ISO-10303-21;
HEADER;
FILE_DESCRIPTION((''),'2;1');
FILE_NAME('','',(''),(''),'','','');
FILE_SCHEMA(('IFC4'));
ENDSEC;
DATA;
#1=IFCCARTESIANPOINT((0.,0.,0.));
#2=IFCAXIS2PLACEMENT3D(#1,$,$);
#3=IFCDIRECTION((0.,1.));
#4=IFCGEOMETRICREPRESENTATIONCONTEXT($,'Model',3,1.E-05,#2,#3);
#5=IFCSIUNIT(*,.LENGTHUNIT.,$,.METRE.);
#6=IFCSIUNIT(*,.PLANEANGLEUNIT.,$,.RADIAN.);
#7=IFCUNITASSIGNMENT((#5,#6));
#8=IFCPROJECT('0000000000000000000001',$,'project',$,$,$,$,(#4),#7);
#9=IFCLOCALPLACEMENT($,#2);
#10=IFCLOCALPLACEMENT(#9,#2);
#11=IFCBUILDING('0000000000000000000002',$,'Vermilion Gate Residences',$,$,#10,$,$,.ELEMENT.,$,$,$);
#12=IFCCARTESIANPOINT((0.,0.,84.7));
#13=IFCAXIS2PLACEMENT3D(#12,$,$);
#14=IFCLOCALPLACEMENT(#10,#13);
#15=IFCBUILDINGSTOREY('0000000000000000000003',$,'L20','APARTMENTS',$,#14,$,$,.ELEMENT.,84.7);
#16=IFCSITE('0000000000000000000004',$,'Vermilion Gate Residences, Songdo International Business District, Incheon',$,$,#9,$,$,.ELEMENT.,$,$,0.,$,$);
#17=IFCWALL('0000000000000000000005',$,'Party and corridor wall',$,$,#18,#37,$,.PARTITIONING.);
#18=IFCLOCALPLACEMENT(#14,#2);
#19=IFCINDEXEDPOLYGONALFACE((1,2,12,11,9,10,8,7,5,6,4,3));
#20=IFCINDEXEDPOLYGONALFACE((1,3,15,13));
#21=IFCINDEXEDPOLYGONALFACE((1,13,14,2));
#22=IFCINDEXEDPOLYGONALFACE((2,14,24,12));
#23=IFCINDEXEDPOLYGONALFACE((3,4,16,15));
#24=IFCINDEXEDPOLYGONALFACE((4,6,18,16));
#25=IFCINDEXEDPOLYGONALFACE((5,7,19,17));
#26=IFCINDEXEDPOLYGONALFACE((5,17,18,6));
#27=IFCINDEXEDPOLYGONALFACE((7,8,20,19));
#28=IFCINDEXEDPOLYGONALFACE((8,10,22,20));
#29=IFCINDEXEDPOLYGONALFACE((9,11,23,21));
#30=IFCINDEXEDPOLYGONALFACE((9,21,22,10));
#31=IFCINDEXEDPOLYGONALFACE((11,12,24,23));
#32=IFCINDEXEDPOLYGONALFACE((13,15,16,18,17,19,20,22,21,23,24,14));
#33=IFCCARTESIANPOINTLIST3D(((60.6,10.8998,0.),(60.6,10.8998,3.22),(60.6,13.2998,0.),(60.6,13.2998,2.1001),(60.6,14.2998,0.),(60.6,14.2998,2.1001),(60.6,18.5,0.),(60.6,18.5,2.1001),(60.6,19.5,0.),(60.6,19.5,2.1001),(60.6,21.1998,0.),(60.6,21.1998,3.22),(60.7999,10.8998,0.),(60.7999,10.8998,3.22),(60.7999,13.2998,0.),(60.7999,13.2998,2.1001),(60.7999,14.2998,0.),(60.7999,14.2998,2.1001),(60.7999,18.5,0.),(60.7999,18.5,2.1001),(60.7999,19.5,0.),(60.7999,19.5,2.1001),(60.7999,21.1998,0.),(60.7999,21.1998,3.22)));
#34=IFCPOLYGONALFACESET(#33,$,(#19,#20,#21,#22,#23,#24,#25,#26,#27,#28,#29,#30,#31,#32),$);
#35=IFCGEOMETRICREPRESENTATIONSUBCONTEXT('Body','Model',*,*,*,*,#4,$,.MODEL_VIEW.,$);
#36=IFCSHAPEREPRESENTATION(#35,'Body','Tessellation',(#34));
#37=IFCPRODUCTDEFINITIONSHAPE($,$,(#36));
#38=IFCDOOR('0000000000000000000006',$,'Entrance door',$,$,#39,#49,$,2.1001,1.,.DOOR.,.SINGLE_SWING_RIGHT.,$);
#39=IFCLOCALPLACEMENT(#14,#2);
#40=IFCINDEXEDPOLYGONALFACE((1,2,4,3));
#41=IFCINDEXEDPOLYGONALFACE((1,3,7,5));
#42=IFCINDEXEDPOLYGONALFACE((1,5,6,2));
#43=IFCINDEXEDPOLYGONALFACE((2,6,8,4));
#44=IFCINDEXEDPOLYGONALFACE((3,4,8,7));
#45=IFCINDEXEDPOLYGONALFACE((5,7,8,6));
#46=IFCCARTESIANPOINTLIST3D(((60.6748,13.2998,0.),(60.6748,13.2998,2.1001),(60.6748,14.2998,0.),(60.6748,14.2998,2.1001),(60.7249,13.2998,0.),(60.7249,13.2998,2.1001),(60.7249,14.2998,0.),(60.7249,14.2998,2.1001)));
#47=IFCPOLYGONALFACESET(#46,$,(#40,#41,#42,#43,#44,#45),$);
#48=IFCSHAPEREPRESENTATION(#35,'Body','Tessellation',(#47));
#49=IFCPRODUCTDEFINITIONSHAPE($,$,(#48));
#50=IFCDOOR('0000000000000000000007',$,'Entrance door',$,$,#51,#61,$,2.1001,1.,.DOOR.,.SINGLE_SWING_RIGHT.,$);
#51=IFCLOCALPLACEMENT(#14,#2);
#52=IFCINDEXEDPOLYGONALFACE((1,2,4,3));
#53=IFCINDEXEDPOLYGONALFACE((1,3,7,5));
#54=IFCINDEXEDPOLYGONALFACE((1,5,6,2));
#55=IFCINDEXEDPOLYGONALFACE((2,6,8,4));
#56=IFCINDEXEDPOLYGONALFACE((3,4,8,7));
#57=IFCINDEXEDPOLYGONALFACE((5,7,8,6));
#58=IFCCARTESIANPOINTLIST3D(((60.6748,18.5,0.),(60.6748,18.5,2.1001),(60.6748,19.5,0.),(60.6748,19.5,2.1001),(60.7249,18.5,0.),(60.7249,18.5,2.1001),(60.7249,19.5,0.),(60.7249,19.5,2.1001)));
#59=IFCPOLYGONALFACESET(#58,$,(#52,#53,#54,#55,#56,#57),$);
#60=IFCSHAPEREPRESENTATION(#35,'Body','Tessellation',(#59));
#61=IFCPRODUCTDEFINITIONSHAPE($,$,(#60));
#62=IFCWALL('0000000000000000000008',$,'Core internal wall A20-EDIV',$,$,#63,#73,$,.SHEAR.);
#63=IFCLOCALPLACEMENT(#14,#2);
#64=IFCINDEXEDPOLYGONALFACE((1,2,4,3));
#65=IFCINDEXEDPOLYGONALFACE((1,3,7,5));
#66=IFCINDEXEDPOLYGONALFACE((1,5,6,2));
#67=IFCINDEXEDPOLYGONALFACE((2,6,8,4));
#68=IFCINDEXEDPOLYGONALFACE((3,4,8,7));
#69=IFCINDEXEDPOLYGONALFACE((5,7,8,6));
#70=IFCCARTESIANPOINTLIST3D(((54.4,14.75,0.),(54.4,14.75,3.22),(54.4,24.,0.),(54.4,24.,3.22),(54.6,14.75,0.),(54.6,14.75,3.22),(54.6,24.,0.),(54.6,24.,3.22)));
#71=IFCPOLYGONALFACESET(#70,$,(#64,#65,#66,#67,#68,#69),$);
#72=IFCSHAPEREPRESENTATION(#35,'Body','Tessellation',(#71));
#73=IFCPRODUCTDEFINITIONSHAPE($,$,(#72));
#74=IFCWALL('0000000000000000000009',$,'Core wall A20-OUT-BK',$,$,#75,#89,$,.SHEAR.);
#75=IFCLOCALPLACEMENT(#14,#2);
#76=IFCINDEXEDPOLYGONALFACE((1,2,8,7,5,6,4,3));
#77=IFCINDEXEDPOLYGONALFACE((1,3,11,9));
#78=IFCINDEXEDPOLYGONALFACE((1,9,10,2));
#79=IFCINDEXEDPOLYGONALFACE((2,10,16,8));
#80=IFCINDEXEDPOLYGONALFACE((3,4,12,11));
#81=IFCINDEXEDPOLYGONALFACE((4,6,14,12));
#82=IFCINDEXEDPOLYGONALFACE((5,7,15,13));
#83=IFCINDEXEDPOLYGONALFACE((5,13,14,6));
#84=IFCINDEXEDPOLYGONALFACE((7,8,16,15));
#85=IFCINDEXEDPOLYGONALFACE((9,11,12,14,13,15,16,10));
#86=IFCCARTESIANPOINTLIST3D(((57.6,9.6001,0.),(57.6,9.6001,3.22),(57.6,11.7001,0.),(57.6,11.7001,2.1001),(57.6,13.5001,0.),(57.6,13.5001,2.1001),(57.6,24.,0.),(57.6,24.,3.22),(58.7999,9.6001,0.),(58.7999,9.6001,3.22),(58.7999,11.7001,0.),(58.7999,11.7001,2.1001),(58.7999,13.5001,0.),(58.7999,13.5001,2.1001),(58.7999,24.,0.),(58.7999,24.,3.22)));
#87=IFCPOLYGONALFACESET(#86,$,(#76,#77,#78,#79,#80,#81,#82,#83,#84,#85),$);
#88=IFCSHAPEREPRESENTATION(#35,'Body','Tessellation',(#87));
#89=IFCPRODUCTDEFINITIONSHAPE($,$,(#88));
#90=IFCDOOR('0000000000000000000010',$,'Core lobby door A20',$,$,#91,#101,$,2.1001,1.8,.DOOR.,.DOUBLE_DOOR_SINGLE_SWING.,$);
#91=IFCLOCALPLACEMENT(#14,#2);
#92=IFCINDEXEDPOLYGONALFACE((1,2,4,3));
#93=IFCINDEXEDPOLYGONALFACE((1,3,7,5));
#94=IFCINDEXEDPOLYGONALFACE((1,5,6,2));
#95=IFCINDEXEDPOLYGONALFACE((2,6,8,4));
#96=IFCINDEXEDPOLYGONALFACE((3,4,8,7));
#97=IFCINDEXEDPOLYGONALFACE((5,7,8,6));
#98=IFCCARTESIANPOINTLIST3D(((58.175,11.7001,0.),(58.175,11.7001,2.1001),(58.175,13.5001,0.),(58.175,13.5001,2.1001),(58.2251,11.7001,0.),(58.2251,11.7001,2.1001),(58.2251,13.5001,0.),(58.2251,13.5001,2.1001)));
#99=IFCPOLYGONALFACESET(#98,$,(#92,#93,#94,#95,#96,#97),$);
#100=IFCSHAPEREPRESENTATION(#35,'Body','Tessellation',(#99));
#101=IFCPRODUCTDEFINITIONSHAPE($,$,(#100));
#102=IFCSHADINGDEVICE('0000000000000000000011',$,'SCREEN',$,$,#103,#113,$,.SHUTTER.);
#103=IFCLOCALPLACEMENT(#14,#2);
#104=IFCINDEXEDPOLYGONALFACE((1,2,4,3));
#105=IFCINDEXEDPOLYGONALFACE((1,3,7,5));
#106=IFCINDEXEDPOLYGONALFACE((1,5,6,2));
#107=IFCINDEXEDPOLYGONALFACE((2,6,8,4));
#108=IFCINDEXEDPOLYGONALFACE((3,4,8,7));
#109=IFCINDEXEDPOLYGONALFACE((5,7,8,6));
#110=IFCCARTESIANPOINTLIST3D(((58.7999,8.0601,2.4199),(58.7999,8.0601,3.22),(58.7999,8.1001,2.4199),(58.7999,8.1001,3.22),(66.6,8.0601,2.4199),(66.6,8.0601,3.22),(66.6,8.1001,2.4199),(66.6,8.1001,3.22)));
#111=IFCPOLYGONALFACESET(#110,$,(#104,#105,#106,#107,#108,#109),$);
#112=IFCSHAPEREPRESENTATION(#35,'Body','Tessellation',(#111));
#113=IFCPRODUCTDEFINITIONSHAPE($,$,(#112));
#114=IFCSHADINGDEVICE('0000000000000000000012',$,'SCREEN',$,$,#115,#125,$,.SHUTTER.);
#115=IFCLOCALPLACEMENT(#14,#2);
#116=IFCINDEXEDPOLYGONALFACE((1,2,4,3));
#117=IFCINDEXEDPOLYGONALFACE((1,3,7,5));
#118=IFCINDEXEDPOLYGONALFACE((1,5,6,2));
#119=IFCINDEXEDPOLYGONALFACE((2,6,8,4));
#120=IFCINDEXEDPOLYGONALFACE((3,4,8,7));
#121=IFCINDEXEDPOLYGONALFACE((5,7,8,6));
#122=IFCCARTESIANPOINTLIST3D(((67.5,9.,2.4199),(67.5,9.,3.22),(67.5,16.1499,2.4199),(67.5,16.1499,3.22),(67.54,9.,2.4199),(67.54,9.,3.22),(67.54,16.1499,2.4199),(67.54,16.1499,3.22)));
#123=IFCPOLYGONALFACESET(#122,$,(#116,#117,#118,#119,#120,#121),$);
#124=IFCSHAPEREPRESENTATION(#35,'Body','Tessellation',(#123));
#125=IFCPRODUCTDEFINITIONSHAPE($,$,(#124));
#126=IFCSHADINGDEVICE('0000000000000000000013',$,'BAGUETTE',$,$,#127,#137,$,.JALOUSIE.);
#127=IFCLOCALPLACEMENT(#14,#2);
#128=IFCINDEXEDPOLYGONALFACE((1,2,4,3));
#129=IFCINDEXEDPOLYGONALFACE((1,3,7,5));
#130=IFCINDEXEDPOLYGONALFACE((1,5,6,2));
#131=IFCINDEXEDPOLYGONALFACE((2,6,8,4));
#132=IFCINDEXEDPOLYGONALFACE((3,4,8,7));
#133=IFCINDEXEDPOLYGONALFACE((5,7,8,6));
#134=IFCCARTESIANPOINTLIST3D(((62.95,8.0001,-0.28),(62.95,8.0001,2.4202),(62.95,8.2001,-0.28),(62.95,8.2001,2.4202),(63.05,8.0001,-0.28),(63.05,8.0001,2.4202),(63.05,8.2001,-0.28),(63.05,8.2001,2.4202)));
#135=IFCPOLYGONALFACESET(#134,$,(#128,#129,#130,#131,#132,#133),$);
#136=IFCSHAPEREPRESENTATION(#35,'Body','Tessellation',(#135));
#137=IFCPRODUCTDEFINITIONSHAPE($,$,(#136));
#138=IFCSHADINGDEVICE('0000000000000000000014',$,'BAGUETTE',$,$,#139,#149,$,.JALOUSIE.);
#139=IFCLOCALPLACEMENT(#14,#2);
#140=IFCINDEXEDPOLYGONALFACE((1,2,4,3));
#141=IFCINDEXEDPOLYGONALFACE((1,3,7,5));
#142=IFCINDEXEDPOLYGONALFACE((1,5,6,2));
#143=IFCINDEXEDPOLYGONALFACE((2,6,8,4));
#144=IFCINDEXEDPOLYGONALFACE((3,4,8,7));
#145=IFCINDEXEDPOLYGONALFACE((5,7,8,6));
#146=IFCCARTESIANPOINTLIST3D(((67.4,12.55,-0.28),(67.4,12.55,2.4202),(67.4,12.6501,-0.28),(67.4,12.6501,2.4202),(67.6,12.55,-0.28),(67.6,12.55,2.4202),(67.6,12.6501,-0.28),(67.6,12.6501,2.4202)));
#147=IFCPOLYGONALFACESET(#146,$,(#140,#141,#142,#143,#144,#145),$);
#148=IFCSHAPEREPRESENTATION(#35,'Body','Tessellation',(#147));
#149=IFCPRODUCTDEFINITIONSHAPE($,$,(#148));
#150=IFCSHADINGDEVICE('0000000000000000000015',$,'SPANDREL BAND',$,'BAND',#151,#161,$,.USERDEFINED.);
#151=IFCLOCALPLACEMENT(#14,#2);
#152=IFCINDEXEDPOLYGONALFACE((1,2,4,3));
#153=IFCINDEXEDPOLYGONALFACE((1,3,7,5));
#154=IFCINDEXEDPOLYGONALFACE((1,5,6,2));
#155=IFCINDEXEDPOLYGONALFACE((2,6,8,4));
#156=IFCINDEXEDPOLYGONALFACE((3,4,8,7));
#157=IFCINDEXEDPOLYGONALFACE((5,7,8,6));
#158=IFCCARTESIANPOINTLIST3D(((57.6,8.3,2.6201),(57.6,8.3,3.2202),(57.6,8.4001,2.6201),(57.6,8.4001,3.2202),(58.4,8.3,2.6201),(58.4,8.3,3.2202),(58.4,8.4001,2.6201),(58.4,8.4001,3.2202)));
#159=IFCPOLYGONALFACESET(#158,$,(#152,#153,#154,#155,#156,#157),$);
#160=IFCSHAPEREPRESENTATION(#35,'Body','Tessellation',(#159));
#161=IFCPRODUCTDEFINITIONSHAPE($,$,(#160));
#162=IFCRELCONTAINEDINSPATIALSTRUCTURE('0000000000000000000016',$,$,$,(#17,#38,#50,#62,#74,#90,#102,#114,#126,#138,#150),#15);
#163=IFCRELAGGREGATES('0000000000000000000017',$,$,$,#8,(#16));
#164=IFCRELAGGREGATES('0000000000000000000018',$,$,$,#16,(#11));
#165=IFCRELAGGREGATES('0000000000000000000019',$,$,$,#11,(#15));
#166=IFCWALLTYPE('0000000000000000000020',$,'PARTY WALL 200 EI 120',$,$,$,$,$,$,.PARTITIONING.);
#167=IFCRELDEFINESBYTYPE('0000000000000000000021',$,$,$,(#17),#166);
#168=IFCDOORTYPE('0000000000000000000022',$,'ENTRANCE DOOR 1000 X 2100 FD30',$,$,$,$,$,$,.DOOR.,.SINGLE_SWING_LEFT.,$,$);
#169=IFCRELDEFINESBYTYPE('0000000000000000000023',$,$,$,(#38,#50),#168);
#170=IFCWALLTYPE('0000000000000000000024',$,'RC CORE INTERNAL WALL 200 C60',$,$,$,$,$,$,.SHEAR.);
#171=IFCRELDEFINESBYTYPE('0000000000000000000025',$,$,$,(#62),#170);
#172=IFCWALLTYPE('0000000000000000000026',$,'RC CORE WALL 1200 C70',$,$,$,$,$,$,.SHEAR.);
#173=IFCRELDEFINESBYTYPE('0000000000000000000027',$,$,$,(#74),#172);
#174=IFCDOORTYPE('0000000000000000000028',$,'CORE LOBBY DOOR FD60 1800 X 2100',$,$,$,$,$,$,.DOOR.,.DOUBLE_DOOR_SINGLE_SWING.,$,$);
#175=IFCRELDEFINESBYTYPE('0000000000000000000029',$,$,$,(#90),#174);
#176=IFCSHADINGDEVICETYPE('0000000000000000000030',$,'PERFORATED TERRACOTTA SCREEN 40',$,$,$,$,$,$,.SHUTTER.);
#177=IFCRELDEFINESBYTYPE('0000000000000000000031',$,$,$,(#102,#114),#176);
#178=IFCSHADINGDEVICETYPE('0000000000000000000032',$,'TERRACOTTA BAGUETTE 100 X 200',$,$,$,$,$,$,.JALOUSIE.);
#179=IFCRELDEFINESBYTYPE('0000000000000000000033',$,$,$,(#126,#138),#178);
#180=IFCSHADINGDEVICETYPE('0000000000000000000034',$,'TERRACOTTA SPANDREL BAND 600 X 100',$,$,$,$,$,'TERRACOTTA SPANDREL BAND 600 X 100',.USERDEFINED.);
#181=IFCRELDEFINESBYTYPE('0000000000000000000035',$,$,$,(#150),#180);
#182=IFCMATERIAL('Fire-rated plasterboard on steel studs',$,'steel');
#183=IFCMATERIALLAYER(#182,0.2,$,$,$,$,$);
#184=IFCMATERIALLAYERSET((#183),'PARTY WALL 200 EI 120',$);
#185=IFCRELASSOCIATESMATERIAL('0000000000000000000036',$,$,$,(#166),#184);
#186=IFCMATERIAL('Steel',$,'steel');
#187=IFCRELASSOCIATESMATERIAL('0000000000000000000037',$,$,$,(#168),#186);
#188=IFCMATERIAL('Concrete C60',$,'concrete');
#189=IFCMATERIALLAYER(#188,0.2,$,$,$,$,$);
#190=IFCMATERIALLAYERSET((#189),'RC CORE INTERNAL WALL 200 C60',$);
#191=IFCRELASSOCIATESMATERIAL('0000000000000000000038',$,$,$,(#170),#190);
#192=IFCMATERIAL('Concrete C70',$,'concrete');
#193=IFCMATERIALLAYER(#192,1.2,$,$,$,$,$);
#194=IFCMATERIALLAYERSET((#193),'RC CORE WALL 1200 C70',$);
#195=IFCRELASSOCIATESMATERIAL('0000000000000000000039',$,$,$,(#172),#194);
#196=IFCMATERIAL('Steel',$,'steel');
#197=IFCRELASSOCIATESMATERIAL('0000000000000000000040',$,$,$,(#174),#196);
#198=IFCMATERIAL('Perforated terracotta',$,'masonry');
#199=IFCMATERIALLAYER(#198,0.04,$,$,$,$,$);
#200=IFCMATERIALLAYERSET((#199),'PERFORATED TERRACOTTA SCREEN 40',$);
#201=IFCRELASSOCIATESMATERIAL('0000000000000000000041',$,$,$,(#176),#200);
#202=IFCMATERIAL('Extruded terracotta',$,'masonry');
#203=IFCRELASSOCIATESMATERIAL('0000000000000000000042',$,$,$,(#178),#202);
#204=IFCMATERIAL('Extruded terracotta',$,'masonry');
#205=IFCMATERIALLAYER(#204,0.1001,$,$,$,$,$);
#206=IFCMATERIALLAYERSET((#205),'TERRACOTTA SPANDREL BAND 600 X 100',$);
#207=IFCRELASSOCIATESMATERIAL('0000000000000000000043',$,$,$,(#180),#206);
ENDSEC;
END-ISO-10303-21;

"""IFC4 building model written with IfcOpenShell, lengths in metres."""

from ifc_helpers import new_model, si_unit, direction, frame, frame_2d, origin, origin_2d, place, context, subcontext, project, spatial, rectangle, extrude, material, layer, layer_set, material_profile, profile_set, type_object, element, fill, save


model = new_model("IFC4")

# Units and contexts
model_context = context("Model", 3, precision=1e-05, world=origin(), true_north=direction((0.0, 1.0)))
body_context = subcontext(model_context, "Body", "Model", "MODEL_VIEW")
ifc_project = project(units=[si_unit("LENGTHUNIT", "METRE"), si_unit("PLANEANGLEUNIT", "RADIAN")], contexts=[model_context])

# Site, building, storey
site_placement = place(None, origin())
site = spatial("IfcSite", under=ifc_project, at=site_placement, Name="Vermilion Gate Residences, Songdo International Business District, Incheon", CompositionType="ELEMENT", RefElevation=0.0)
building_placement = place(site_placement, origin())
building = spatial("IfcBuilding", under=site, at=building_placement, Name="Vermilion Gate Residences", CompositionType="ELEMENT")
storey_placement = place(building_placement, frame((0.0, 0.0, 84.7)))
storey = spatial("IfcBuildingStorey", under=building, at=storey_placement, Name="L20", Description="APARTMENTS", CompositionType="ELEMENT", Elevation=84.7)

# Wall, openings, doors
ifc_material_1 = material(Name="Fire-rated plasterboard on steel studs", Category="steel")
ifc_layer_1 = layer(ifc_material_1, 0.2)
ifc_layer_set_1 = layer_set([ifc_layer_1], Name="PARTY WALL 200 EI 120")
wall_type_1 = type_object("IfcWallType", Name="PARTY WALL 200 EI 120", PredefinedType="PARTITIONING", material=ifc_layer_set_1)
wall_1_placement = place(storey_placement, frame((60.7, 10.8999, 0.0), z_axis=(0.0, 0.0, 1.0), x_axis=(0.0, 1.0, 0.0)))
wall_1 = element("IfcWall", 1, at=wall_1_placement, inside=storey, type_object=wall_type_1, Name="Party and corridor wall", PredefinedType="PARTITIONING", context=body_context, shape_type="SweptSolid", body=[
    extrude(rectangle(XDim=10.3, YDim=0.2, at=frame_2d((5.1499, 0.0))), origin(), (0.0, 0.0, 1.0), 3.22),
])
opening_1_placement = place(wall_1_placement, frame((2.3999, 0.0, 0.0)))
opening_1 = element("IfcOpeningElement", 2, at=opening_1_placement, cuts=wall_1, PredefinedType="OPENING", context=body_context, shape_type="SweptSolid", body=[
    extrude(rectangle(XDim=1.0, YDim=2.1001, at=frame_2d((0.5, 1.05))), frame((0.0, 0.1099, 0.0), z_axis=(0.0, -1.0, 0.0), x_axis=(1.0, 0.0, 0.0)), (0.0, 0.0, 1.0), 0.22),
])
opening_2_placement = place(wall_1_placement, frame((7.6001, 0.0, 0.0)))
opening_2 = element("IfcOpeningElement", 3, at=opening_2_placement, cuts=wall_1, PredefinedType="OPENING", context=body_context, shape_type="SweptSolid", body=[
    extrude(rectangle(XDim=1.0, YDim=2.1001, at=frame_2d((0.5, 1.05))), frame((0.0, 0.1099, 0.0), z_axis=(0.0, -1.0, 0.0), x_axis=(1.0, 0.0, 0.0)), (0.0, 0.0, 1.0), 0.22),
])
ifc_material_2 = material(Name="Steel", Category="steel")
door_type_1 = type_object("IfcDoorType", Name="ENTRANCE DOOR 1000 X 2100 FD30", OperationType="SINGLE_SWING_LEFT", PredefinedType="DOOR", material=ifc_material_2)
door_1_placement = place(opening_1_placement, frame((1.0, 0.0, 0.0), z_axis=(0.0, 0.0, 1.0), x_axis=(-1.0, 0.0, 0.0)))
door_1 = element("IfcDoor", 4, at=door_1_placement, inside=storey, type_object=door_type_1, Name="Entrance door", OperationType="SINGLE_SWING_RIGHT", OverallHeight=2.1001, OverallWidth=1.0, PredefinedType="DOOR", context=body_context, shape_type="SweptSolid", body=[
    extrude(rectangle(XDim=1.0, YDim=2.1001, at=frame_2d((0.5, 1.05))), frame((0.0, 0.0249, 0.0), z_axis=(0.0, -1.0, 0.0), x_axis=(1.0, 0.0, 0.0)), (0.0, 0.0, 1.0), 0.05),
])
fill(opening_1, door_1)
door_2_placement = place(opening_2_placement, frame((1.0, 0.0, 0.0), z_axis=(0.0, 0.0, 1.0), x_axis=(-1.0, 0.0, 0.0)))
door_2 = element("IfcDoor", 5, at=door_2_placement, inside=storey, type_object=door_type_1, Name="Entrance door", OperationType="SINGLE_SWING_RIGHT", OverallHeight=2.1001, OverallWidth=1.0, PredefinedType="DOOR", context=body_context, shape_type="SweptSolid", body=[
    extrude(rectangle(XDim=1.0, YDim=2.1001, at=frame_2d((0.5, 1.05))), frame((0.0, 0.0249, 0.0), z_axis=(0.0, -1.0, 0.0), x_axis=(1.0, 0.0, 0.0)), (0.0, 0.0, 1.0), 0.05),
])
fill(opening_2, door_2)

# Wall
ifc_material_3 = material(Name="Concrete C60", Category="concrete")
ifc_layer_2 = layer(ifc_material_3, 0.2)
ifc_layer_set_2 = layer_set([ifc_layer_2], Name="RC CORE INTERNAL WALL 200 C60")
wall_type_2 = type_object("IfcWallType", Name="RC CORE INTERNAL WALL 200 C60", PredefinedType="SHEAR", material=ifc_layer_set_2)
wall_2_placement = place(storey_placement, frame((54.5, 14.75, 0.0), z_axis=(0.0, 0.0, 1.0), x_axis=(0.0, 1.0, 0.0)))
element("IfcWall", 6, at=wall_2_placement, inside=storey, type_object=wall_type_2, Name="Core internal wall A20-EDIV", PredefinedType="SHEAR", context=body_context, shape_type="SweptSolid", body=[
    extrude(rectangle(XDim=9.25, YDim=0.2, at=frame_2d((4.625, 0.0))), origin(), (0.0, 0.0, 1.0), 3.22),
])

# Wall, opening, door
ifc_material_4 = material(Name="Concrete C70", Category="concrete")
ifc_layer_3 = layer(ifc_material_4, 1.2)
ifc_layer_set_3 = layer_set([ifc_layer_3], Name="RC CORE WALL 1200 C70")
wall_type_3 = type_object("IfcWallType", Name="RC CORE WALL 1200 C70", PredefinedType="SHEAR", material=ifc_layer_set_3)
wall_3_placement = place(storey_placement, frame((58.2, 9.6001, 0.0), z_axis=(0.0, 0.0, 1.0), x_axis=(0.0, 1.0, 0.0)))
wall_3 = element("IfcWall", 7, at=wall_3_placement, inside=storey, type_object=wall_type_3, Name="Core wall A20-OUT-BK", PredefinedType="SHEAR", context=body_context, shape_type="SweptSolid", body=[
    extrude(rectangle(XDim=14.3999, YDim=1.2, at=frame_2d((7.2, 0.0))), origin(), (0.0, 0.0, 1.0), 3.22),
])
opening_3_placement = place(wall_3_placement, frame((2.1001, 0.0, 0.0)))
opening_3 = element("IfcOpeningElement", 8, at=opening_3_placement, cuts=wall_3, PredefinedType="OPENING", context=body_context, shape_type="SweptSolid", body=[
    extrude(rectangle(XDim=1.8, YDim=2.1001, at=frame_2d((0.8999, 1.05))), frame((0.0, 0.6099, 0.0), z_axis=(0.0, -1.0, 0.0), x_axis=(1.0, 0.0, 0.0)), (0.0, 0.0, 1.0), 1.22),
])
ifc_material_5 = material(Name="Steel", Category="steel")
door_type_2 = type_object("IfcDoorType", Name="CORE LOBBY DOOR FD60 1800 X 2100", OperationType="DOUBLE_DOOR_SINGLE_SWING", PredefinedType="DOOR", material=ifc_material_5)
door_3_placement = place(opening_3_placement, origin())
door_3 = element("IfcDoor", 9, at=door_3_placement, inside=storey, type_object=door_type_2, Name="Core lobby door A20", OperationType="DOUBLE_DOOR_SINGLE_SWING", OverallHeight=2.1001, OverallWidth=1.8, PredefinedType="DOOR", context=body_context, shape_type="SweptSolid", body=[
    extrude(rectangle(XDim=1.8, YDim=2.1001, at=frame_2d((0.8999, 1.05))), frame((0.0, 0.0249, 0.0), z_axis=(0.0, -1.0, 0.0), x_axis=(1.0, 0.0, 0.0)), (0.0, 0.0, 1.0), 0.05),
])
fill(opening_3, door_3)

# Shading devices
ifc_material_6 = material(Name="Perforated terracotta", Category="masonry")
ifc_layer_4 = layer(ifc_material_6, 0.04)
ifc_layer_set_4 = layer_set([ifc_layer_4], Name="PERFORATED TERRACOTTA SCREEN 40")
shading_device_type_1 = type_object("IfcShadingDeviceType", Name="PERFORATED TERRACOTTA SCREEN 40", PredefinedType="SHUTTER", material=ifc_layer_set_4)
shading_device_1_placement = place(storey_placement, frame((62.7, 8.0801, 2.4199), z_axis=(0.0, 0.0, 1.0), x_axis=(1.0, 0.0, 0.0)))
element("IfcShadingDevice", 10, at=shading_device_1_placement, inside=storey, type_object=shading_device_type_1, Name="SCREEN", PredefinedType="SHUTTER", context=body_context, shape_type="SweptSolid", body=[
    extrude(rectangle(XDim=7.8, YDim=0.04, at=origin_2d()), origin(), (0.0, 0.0, 1.0), 0.8),
])
shading_device_2_placement = place(storey_placement, frame((67.52, 12.575, 2.4199), z_axis=(0.0, 0.0, 1.0), x_axis=(0.0, 1.0, 0.0)))
element("IfcShadingDevice", 11, at=shading_device_2_placement, inside=storey, type_object=shading_device_type_1, Name="SCREEN", PredefinedType="SHUTTER", context=body_context, shape_type="SweptSolid", body=[
    extrude(rectangle(XDim=7.1499, YDim=0.04, at=origin_2d()), origin(), (0.0, 0.0, 1.0), 0.8),
])
ifc_material_7 = material(Name="Extruded terracotta", Category="masonry")
ifc_material_profile_1 = material_profile(ifc_material_7, rectangle(XDim=0.2, YDim=0.1001, at=origin_2d()), Name="BAGUETTE 100 X 200")
ifc_profile_set_1 = profile_set([ifc_material_profile_1], Name="Extruded terracotta")
shading_device_type_2 = type_object("IfcShadingDeviceType", Name="TERRACOTTA BAGUETTE 100 X 200", PredefinedType="JALOUSIE", material=ifc_profile_set_1)
for number, where, z_axis, x_axis, name in (
    (12, (63.0, 8.1001, -0.28), (0.0, 0.0, 1.0), (0.0, 1.0, 0.0), "BAGUETTE"),
    (13, (67.5, 12.6001, -0.28), (0.0, 0.0, 1.0), (-1.0, 0.0, 0.0), "BAGUETTE"),
):
    element("IfcShadingDevice", number, at=place(storey_placement, frame(where, z_axis=z_axis, x_axis=x_axis)), inside=storey, type_object=shading_device_type_2, Name=name, PredefinedType="JALOUSIE", context=body_context, shape_type="SweptSolid", body=[
        extrude(rectangle(XDim=0.2, YDim=0.1001, at=origin_2d()), origin(), (0.0, 0.0, 1.0), 2.7002),
    ])
ifc_material_8 = material(Name="Extruded terracotta", Category="masonry")
ifc_layer_5 = layer(ifc_material_8, 0.1001)
ifc_layer_set_5 = layer_set([ifc_layer_5], Name="TERRACOTTA SPANDREL BAND 600 X 100")
shading_device_type_3 = type_object("IfcShadingDeviceType", Name="TERRACOTTA SPANDREL BAND 600 X 100", ElementType="TERRACOTTA SPANDREL BAND 600 X 100", PredefinedType="USERDEFINED", material=ifc_layer_set_5)
shading_device_3_placement = place(storey_placement, frame((58.0, 8.3501, 2.6201), z_axis=(0.0, 0.0, 1.0), x_axis=(1.0, 0.0, 0.0)))
element("IfcShadingDevice", 14, at=shading_device_3_placement, inside=storey, type_object=shading_device_type_3, Name="SPANDREL BAND", ObjectType="BAND", PredefinedType="USERDEFINED", context=body_context, shape_type="SweptSolid", body=[
    extrude(rectangle(XDim=0.8, YDim=0.1001, at=origin_2d()), origin(), (0.0, 0.0, 1.0), 0.6001),
])

save(model, "model.ifc")
